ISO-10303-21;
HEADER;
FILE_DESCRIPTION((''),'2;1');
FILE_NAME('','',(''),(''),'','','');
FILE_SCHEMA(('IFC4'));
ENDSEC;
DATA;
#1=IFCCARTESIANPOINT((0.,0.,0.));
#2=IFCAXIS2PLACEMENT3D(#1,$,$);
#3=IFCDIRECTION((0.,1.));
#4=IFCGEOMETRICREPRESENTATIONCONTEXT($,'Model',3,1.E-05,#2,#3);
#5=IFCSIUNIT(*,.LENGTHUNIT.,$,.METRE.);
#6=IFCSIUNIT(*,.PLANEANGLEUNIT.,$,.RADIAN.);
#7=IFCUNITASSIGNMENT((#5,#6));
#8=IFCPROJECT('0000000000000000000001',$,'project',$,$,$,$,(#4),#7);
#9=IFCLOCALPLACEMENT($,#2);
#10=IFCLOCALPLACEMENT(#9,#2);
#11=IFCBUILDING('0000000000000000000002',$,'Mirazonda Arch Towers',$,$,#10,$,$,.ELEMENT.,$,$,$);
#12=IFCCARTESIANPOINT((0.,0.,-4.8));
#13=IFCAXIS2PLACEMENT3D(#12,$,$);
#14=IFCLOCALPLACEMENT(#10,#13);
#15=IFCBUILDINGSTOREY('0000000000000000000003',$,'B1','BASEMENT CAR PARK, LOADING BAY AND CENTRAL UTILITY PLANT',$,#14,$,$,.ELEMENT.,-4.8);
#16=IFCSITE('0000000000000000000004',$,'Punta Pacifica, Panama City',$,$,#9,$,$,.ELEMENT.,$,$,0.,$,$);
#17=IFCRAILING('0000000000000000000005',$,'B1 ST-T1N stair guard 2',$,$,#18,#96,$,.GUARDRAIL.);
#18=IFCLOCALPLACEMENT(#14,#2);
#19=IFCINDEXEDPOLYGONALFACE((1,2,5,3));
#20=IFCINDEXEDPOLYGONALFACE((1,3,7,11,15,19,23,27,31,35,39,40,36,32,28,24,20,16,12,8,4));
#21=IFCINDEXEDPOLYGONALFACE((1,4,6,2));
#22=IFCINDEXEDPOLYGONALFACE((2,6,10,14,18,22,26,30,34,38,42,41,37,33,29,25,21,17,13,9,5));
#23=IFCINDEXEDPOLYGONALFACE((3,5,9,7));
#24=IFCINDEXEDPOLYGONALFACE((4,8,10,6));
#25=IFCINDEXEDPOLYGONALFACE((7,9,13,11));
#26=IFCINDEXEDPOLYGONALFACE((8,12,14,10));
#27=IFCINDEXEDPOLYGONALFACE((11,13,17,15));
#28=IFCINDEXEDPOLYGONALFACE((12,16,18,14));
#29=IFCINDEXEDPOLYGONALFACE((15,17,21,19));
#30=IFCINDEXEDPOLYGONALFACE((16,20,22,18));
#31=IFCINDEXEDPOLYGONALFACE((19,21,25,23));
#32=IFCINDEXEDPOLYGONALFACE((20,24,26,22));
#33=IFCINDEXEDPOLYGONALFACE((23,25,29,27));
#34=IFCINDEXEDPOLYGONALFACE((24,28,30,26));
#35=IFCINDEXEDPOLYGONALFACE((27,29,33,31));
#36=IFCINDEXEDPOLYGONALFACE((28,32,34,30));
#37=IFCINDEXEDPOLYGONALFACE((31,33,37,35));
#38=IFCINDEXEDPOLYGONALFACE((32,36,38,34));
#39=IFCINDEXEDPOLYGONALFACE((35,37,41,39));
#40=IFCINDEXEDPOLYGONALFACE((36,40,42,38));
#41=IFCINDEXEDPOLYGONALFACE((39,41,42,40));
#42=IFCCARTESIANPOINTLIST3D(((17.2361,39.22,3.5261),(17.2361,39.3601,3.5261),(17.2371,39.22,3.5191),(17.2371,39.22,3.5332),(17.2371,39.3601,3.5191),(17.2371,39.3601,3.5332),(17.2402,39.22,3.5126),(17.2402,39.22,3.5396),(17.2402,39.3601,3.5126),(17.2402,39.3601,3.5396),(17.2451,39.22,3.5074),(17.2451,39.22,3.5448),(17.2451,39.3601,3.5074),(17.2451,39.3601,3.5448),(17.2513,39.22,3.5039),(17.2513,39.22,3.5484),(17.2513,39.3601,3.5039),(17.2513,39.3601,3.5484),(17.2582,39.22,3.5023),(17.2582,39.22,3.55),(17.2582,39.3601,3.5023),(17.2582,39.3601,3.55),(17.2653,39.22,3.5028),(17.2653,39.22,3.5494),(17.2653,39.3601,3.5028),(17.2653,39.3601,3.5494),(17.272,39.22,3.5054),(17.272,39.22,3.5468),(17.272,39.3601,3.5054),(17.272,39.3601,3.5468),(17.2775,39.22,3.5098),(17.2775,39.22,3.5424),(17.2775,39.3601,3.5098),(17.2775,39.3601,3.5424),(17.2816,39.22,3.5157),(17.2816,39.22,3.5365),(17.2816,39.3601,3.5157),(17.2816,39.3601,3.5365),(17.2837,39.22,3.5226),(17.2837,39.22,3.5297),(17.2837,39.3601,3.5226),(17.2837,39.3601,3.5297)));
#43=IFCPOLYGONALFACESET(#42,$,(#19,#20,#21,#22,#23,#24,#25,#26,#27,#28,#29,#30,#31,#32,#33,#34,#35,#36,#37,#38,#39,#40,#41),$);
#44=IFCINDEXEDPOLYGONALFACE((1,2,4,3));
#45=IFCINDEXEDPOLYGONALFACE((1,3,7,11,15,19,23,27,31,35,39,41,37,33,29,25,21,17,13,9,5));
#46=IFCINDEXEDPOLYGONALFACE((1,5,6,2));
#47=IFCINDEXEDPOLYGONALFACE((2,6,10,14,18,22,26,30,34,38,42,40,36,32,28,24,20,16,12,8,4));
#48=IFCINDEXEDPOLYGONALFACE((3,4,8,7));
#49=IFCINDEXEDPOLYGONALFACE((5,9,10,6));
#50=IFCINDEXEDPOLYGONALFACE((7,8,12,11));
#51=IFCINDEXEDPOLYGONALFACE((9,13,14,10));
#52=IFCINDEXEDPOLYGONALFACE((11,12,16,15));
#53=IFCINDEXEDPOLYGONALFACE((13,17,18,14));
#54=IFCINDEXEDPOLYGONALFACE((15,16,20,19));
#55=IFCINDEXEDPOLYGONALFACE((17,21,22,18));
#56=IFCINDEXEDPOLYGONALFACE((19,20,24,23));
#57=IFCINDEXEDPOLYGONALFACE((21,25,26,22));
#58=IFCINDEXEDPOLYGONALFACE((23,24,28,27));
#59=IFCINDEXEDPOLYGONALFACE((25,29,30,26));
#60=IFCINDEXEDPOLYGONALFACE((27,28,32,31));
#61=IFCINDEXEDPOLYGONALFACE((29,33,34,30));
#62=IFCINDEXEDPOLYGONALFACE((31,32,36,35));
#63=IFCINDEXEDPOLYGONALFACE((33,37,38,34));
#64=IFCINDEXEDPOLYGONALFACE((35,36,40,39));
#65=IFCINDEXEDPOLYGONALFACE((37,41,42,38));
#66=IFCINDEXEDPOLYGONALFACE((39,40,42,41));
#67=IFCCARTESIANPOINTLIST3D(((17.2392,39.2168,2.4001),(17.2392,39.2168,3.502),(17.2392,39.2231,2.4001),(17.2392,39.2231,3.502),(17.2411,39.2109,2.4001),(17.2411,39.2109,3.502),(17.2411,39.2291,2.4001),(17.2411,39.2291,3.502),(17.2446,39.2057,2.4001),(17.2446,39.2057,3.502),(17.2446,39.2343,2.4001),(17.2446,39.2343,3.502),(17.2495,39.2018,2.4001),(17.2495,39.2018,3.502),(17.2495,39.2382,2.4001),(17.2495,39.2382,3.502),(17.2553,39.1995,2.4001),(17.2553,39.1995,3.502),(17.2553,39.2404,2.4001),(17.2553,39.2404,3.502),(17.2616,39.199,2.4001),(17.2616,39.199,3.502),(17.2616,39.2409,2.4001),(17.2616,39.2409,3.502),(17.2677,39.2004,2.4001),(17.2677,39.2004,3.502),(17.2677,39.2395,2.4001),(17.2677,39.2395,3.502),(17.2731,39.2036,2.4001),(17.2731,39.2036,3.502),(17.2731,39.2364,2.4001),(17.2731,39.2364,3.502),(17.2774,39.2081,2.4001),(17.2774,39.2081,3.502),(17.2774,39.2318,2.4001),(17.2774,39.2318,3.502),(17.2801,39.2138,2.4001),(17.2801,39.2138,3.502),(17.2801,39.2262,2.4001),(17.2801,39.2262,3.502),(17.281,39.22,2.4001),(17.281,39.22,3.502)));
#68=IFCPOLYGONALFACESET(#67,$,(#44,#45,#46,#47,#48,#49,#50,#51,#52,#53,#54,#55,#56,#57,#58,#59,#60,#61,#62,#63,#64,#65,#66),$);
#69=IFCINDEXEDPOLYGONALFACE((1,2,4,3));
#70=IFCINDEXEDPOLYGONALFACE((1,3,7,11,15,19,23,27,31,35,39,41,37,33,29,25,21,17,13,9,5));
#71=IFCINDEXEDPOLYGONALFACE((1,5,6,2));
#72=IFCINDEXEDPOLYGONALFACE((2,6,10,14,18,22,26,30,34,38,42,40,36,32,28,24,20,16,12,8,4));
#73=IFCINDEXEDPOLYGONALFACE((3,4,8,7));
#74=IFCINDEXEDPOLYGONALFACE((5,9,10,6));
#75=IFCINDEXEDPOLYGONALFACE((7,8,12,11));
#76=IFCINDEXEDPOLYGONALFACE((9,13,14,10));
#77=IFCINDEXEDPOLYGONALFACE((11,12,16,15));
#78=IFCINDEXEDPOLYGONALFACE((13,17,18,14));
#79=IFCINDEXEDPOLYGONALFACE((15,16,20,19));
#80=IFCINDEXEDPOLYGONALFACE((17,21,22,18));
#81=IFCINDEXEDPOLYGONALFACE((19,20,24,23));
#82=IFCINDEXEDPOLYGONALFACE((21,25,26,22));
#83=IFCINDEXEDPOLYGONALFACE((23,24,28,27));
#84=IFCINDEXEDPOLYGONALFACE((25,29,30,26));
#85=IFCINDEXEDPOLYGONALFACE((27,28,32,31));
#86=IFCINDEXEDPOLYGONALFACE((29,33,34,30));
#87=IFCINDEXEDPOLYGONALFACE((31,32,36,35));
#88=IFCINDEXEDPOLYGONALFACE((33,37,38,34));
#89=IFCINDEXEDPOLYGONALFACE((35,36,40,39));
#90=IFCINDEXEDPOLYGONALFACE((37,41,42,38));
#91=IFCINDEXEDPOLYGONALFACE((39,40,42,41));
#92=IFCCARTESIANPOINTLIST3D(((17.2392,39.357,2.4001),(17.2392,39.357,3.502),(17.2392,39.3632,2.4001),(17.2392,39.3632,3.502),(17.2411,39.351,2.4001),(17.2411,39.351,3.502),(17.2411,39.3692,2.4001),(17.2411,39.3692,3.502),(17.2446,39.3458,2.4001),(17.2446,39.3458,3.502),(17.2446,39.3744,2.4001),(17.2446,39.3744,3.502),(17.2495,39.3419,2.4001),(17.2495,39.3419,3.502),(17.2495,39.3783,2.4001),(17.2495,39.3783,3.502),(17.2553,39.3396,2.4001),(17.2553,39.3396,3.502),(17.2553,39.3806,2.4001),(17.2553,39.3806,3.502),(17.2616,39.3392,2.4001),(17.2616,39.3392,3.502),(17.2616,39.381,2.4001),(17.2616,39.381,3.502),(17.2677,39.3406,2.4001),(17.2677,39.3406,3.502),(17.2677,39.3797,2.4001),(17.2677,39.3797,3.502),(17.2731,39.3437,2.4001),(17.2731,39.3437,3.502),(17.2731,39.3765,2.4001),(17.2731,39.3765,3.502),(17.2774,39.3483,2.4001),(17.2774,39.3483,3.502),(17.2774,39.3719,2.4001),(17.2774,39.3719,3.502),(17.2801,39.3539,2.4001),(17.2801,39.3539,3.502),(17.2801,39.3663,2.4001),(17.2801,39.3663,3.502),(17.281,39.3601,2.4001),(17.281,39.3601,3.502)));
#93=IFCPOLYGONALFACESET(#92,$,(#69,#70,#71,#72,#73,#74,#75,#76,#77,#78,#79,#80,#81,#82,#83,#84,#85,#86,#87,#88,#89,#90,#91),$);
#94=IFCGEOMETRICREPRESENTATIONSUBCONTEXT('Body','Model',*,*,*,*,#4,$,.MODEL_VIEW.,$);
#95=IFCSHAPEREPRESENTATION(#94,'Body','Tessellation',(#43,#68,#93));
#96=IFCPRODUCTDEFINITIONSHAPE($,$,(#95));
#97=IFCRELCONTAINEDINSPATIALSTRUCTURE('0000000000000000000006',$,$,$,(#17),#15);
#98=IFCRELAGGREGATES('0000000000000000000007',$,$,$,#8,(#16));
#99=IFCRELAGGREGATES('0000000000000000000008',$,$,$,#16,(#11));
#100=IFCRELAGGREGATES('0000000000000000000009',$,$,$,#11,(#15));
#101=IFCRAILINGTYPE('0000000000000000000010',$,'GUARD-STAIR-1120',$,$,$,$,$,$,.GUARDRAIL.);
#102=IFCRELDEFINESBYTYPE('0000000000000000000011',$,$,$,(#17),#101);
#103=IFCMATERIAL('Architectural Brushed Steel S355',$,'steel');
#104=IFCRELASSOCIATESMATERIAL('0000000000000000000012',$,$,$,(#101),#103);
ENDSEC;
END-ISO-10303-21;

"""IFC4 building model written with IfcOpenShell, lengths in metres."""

from ifc_helpers import new_model, si_unit, direction, frame, origin, origin_2d, place, context, subcontext, project, spatial, circle, extrude, material, type_object, element, save


model = new_model("IFC4")

# Units and contexts
model_context = context("Model", 3, precision=1e-05, world=origin(), true_north=direction((0.0, 1.0)))
body_context = subcontext(model_context, "Body", "Model", "MODEL_VIEW")
ifc_project = project(units=[si_unit("LENGTHUNIT", "METRE"), si_unit("PLANEANGLEUNIT", "RADIAN")], contexts=[model_context])

# Site, building, storey
site_placement = place(None, origin())
site = spatial("IfcSite", under=ifc_project, at=site_placement, Name="Punta Pacifica, Panama City", CompositionType="ELEMENT", RefElevation=0.0)
building_placement = place(site_placement, origin())
building = spatial("IfcBuilding", under=site, at=building_placement, Name="Mirazonda Arch Towers", CompositionType="ELEMENT")
storey_placement = place(building_placement, frame((0.0, 0.0, -4.8)))
storey = spatial("IfcBuildingStorey", under=building, at=storey_placement, Name="B1", Description="BASEMENT CAR PARK, LOADING BAY AND CENTRAL UTILITY PLANT", CompositionType="ELEMENT", Elevation=-4.8)

# Railing
ifc_material_1 = material(Name="Architectural Brushed Steel S355", Category="steel")
railing_type_1 = type_object("IfcRailingType", Name="GUARD-STAIR-1120", PredefinedType="GUARDRAIL", material=ifc_material_1)
railing_1_placement = place(storey_placement, frame((17.26, 39.22, 2.4001)))
element("IfcRailing", 1, at=railing_1_placement, inside=storey, type_object=railing_type_1, Name="B1 ST-T1N stair guard 2", PredefinedType="GUARDRAIL", context=body_context, shape_type="SweptSolid", body=[
    extrude(circle(Radius=0.0239, at=origin_2d()), frame((0.0, 0.0, 1.126), z_axis=(0.0, 1.0, 0.0), x_axis=(-1.0, 0.0, 0.0)), (0.0, 0.0, 1.0), 0.1401),
    extrude(circle(Radius=0.021, at=origin_2d()), origin(), (0.0, 0.0, 1.0), 1.1018),
    extrude(circle(Radius=0.021, at=origin_2d()), frame((0.0, 0.1401, 0.0)), (0.0, 0.0, 1.0), 1.1018),
])

save(model, "model.ifc")
